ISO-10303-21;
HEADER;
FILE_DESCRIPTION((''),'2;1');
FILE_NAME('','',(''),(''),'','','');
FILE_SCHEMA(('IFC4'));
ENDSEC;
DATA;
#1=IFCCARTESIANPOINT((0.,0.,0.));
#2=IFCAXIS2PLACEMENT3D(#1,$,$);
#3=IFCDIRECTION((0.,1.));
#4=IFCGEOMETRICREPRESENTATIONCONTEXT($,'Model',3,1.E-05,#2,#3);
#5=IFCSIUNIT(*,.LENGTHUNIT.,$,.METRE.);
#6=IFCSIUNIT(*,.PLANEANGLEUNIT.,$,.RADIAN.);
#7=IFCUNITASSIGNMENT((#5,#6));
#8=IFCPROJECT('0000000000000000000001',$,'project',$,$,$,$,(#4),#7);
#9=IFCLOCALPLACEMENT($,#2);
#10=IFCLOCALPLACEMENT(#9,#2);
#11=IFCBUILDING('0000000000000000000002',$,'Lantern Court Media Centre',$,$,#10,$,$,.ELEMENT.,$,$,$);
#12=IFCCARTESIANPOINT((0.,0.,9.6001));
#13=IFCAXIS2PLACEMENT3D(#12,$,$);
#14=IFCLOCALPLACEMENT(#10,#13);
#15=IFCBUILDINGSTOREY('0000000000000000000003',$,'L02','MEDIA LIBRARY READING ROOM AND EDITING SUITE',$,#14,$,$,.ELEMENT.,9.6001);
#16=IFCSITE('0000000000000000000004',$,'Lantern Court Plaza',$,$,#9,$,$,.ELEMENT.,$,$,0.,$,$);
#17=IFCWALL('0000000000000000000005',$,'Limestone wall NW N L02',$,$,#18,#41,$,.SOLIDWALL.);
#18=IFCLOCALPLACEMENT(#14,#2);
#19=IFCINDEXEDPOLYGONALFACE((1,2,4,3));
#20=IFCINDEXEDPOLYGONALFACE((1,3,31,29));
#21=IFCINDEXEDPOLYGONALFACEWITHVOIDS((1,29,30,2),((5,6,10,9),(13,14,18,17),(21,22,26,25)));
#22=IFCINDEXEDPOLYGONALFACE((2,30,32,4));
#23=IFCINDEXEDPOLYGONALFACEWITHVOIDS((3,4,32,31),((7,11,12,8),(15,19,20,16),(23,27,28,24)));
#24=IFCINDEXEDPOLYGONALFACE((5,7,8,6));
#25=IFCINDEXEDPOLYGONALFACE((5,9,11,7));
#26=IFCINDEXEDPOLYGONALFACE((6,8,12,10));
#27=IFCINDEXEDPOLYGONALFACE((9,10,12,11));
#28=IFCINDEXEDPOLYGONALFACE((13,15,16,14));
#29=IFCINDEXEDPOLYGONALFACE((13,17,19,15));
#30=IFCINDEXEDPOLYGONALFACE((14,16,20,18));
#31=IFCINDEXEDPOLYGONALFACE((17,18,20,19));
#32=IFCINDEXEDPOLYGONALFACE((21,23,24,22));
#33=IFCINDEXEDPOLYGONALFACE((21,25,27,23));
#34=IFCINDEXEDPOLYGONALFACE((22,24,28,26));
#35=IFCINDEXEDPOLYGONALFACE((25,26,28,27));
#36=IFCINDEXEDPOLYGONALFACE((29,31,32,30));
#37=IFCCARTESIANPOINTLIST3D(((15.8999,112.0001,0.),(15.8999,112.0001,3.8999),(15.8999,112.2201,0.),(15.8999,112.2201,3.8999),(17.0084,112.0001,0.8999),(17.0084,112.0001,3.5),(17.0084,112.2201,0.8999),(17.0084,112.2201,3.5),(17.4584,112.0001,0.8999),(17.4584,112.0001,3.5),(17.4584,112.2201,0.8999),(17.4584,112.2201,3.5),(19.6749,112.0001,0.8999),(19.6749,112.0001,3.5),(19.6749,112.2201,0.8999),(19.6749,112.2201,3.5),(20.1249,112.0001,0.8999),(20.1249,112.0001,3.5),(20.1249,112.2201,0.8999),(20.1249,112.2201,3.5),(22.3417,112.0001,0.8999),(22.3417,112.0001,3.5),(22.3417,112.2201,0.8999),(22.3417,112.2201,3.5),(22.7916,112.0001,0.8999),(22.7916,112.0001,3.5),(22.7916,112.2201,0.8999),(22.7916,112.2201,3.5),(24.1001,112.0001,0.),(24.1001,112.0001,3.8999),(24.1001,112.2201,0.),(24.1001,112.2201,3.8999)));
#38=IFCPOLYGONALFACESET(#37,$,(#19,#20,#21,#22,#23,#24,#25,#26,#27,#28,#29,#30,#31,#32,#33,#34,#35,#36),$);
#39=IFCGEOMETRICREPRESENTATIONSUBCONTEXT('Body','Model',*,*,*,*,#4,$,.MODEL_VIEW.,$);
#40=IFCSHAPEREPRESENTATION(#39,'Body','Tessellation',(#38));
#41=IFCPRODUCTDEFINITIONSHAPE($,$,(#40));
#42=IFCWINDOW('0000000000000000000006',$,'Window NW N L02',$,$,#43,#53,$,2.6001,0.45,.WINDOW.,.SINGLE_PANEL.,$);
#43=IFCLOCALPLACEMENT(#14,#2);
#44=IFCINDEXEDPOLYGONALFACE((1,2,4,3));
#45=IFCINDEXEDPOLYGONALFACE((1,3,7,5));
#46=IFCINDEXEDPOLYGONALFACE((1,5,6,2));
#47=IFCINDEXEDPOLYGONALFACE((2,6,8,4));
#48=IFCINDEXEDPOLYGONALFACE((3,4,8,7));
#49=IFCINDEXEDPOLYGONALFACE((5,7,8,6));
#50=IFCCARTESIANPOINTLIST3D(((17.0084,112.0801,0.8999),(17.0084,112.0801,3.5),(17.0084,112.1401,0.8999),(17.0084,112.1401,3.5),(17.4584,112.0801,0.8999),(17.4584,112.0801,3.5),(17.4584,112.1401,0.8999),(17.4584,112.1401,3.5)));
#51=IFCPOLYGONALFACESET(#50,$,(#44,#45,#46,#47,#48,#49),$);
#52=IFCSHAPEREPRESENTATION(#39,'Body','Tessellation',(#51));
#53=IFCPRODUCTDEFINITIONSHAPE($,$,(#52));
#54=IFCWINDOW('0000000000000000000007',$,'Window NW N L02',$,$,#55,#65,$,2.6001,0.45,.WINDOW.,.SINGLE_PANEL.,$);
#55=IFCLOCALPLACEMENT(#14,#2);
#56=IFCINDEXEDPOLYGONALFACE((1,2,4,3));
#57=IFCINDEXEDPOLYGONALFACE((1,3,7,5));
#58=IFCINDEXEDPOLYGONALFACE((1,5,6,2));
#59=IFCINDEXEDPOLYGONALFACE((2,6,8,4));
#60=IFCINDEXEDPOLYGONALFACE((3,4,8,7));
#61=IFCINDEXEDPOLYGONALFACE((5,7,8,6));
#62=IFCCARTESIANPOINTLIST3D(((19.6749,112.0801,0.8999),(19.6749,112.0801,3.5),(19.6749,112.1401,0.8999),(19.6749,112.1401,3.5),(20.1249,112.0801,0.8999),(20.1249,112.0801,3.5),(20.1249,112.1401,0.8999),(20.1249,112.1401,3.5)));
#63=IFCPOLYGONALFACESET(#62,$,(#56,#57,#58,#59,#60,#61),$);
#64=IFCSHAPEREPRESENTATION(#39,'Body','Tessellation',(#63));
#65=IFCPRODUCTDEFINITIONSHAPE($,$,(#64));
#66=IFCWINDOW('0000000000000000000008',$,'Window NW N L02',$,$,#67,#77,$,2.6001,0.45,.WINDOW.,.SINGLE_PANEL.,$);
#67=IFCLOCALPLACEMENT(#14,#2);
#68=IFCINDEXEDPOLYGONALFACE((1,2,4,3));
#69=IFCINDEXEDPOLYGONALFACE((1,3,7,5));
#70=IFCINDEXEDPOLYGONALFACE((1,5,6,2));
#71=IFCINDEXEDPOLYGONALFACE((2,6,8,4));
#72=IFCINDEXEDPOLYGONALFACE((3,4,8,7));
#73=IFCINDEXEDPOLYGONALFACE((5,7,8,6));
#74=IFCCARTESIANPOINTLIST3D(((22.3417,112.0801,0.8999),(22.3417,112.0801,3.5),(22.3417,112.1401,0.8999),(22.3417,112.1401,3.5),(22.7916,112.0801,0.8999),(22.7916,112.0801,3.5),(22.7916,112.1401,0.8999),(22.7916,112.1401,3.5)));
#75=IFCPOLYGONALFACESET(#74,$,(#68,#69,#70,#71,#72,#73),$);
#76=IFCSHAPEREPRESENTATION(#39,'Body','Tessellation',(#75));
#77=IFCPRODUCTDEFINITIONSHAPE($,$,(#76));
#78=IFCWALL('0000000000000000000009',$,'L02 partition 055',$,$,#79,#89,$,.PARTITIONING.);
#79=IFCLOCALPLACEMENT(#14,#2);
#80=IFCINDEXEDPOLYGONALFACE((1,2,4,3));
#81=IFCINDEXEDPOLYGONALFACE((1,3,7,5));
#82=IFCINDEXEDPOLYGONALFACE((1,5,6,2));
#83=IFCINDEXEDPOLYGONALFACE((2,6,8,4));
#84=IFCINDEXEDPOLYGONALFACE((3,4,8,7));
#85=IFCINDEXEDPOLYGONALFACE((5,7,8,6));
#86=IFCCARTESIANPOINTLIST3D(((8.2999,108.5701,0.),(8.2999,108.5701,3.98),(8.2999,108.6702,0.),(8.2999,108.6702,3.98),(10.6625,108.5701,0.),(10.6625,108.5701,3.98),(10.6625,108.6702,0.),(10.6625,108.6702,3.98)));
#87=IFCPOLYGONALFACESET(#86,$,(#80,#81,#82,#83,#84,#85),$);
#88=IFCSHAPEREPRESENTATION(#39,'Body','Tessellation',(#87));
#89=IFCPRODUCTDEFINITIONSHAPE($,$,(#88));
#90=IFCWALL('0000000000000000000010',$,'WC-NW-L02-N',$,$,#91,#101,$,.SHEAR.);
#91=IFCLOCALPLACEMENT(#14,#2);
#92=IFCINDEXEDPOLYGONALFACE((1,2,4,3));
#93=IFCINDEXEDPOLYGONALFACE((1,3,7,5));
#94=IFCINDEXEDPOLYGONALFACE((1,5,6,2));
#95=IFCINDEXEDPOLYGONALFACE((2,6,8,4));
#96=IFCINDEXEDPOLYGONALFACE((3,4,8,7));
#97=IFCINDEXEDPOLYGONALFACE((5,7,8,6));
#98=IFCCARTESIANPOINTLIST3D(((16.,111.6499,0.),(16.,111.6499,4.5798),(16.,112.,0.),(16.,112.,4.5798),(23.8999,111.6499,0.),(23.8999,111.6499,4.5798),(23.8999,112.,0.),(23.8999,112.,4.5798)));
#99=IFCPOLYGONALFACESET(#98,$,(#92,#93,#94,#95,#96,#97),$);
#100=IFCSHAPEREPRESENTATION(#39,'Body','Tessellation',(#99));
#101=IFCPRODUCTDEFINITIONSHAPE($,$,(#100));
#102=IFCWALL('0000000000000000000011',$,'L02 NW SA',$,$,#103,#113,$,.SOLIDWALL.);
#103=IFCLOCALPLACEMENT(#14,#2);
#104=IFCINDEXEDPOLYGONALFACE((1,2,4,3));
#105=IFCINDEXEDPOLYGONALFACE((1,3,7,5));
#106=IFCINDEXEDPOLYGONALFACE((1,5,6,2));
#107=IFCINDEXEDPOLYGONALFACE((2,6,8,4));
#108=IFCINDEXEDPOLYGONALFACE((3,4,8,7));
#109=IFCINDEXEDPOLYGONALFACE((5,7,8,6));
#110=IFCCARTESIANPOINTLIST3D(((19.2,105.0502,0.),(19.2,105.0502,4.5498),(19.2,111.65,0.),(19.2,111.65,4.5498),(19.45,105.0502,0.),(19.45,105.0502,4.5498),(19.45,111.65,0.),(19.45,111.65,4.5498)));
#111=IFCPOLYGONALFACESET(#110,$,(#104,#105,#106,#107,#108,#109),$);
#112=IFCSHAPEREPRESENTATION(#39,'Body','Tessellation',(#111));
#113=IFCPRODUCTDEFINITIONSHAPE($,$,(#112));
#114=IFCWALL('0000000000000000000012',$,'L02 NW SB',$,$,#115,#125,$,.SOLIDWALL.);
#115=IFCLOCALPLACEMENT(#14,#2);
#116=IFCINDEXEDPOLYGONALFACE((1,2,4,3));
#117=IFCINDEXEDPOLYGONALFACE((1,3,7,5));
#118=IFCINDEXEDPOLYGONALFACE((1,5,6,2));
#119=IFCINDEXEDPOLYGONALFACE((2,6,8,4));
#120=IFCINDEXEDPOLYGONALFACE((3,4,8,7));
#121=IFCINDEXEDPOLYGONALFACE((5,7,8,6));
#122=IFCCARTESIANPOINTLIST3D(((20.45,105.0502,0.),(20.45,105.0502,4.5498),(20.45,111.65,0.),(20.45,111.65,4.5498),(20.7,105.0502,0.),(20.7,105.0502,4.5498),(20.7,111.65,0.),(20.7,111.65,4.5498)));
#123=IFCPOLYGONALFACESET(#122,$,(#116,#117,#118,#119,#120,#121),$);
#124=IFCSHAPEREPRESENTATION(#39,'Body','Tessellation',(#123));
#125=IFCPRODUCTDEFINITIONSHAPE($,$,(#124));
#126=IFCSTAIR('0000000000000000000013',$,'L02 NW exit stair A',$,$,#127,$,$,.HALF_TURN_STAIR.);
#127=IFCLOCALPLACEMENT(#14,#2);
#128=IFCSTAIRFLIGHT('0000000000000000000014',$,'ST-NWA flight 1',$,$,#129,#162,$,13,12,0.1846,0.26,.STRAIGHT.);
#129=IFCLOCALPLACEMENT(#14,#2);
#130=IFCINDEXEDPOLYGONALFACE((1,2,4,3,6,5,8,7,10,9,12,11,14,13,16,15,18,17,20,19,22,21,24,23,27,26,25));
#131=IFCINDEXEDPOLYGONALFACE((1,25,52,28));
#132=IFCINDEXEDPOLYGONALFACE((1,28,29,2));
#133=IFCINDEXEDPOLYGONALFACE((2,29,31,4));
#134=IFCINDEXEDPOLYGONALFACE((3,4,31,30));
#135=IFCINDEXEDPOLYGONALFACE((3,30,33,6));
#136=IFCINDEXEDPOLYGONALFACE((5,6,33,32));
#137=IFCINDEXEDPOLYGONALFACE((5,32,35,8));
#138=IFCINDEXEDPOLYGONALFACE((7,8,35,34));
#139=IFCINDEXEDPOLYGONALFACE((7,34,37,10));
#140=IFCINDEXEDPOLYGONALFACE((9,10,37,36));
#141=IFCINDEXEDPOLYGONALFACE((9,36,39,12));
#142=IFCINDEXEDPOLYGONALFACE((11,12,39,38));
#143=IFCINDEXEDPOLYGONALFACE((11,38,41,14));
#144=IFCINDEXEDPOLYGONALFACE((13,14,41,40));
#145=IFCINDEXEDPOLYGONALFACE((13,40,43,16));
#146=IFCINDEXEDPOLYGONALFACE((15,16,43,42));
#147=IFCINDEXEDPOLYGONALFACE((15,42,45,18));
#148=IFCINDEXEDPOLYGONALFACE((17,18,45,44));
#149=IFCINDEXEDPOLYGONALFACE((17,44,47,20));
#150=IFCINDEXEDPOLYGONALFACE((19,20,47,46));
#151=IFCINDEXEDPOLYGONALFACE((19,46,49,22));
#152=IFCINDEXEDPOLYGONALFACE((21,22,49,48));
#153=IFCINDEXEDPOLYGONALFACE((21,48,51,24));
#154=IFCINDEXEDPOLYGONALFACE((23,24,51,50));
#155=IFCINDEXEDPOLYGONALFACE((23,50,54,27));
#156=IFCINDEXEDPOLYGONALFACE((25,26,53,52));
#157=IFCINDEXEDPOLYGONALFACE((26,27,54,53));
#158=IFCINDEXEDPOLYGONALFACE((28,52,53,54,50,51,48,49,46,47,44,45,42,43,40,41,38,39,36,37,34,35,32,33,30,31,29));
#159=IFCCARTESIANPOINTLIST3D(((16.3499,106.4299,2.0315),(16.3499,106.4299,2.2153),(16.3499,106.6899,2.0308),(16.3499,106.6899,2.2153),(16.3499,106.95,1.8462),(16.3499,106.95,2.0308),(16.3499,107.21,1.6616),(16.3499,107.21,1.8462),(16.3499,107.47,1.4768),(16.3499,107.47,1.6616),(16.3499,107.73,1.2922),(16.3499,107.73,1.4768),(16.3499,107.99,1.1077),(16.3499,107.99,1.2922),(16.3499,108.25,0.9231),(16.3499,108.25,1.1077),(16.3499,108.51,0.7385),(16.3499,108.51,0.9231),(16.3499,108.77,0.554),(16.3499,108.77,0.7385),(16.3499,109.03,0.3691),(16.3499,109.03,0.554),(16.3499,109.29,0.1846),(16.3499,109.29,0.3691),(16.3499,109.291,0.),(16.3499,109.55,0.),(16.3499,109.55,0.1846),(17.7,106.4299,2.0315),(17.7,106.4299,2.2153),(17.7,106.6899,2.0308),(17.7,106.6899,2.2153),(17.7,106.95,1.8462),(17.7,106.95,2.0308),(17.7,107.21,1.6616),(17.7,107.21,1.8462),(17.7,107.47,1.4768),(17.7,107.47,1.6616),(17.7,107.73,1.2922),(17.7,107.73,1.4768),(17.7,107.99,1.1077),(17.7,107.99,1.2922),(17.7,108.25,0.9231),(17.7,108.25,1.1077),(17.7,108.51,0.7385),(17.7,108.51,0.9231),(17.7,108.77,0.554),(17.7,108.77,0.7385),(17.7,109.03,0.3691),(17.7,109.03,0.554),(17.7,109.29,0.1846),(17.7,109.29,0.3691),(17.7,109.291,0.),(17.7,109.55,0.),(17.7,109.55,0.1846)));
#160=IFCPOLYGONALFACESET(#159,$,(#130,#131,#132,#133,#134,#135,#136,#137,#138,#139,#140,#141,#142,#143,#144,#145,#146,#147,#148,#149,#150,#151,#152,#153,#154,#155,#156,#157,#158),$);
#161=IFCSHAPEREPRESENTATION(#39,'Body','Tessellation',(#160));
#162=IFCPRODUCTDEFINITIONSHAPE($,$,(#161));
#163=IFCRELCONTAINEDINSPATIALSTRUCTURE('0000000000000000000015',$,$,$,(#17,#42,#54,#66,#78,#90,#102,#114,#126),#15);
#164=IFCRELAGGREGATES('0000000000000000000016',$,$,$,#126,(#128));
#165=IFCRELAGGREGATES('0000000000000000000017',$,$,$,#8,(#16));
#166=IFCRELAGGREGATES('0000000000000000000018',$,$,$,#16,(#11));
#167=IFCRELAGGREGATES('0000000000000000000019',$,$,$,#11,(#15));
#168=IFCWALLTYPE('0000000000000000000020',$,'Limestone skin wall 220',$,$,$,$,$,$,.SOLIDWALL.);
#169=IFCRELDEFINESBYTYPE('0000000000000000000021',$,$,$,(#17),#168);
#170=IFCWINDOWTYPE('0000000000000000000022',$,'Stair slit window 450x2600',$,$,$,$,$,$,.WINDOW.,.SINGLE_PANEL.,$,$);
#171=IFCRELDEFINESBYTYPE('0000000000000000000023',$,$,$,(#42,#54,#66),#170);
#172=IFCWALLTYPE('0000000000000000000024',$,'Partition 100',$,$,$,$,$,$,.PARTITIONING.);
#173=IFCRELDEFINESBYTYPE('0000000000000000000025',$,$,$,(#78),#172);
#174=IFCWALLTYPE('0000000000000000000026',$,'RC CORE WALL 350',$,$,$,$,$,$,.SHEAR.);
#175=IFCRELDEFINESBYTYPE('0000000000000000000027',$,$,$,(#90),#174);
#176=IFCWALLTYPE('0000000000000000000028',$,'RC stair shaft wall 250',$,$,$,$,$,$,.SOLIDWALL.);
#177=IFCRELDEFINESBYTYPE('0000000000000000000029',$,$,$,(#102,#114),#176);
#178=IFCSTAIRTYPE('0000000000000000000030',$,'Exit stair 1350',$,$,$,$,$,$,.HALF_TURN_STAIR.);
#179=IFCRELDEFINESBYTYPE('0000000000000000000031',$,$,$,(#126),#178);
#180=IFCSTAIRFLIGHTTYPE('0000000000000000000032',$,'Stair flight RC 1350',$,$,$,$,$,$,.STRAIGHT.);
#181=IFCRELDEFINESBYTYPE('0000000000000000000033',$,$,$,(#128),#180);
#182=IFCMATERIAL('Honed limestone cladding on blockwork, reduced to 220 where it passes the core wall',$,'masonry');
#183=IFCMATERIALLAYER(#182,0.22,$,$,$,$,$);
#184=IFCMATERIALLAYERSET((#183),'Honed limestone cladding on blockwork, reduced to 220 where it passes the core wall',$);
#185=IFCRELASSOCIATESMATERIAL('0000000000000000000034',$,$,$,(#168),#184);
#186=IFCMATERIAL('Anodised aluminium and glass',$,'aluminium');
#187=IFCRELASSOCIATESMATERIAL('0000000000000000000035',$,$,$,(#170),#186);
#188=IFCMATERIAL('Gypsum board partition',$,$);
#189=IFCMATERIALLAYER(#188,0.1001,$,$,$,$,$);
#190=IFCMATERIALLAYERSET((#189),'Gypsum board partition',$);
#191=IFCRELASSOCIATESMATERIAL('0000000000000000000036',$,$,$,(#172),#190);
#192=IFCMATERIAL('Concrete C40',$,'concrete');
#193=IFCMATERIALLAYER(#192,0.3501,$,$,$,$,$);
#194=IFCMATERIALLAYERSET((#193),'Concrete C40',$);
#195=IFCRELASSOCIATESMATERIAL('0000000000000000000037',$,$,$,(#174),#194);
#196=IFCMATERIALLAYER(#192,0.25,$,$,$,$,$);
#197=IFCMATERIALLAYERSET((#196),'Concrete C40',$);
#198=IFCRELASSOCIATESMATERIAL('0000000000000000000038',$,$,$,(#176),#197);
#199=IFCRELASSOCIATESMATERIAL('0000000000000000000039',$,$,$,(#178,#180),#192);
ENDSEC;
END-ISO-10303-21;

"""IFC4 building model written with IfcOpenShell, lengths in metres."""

from ifc_helpers import new_model, si_unit, direction, frame, frame_2d, origin, place, context, subcontext, project, spatial, polyline, rectangle, outline, extrude, material, layer, layer_set, type_object, element, fill, aggregate, save


model = new_model("IFC4")

# Units and contexts
model_context = context("Model", 3, precision=1e-05, world=origin(), true_north=direction((0.0, 1.0)))
body_context = subcontext(model_context, "Body", "Model", "MODEL_VIEW")
ifc_project = project(units=[si_unit("LENGTHUNIT", "METRE"), si_unit("PLANEANGLEUNIT", "RADIAN")], contexts=[model_context])

# Site, building, storey
site_placement = place(None, origin())
site = spatial("IfcSite", under=ifc_project, at=site_placement, Name="Lantern Court Plaza", CompositionType="ELEMENT", RefElevation=0.0)
building_placement = place(site_placement, origin())
building = spatial("IfcBuilding", under=site, at=building_placement, Name="Lantern Court Media Centre", CompositionType="ELEMENT")
storey_placement = place(building_placement, frame((0.0, 0.0, 9.6001)))
storey = spatial("IfcBuildingStorey", under=building, at=storey_placement, Name="L02", Description="MEDIA LIBRARY READING ROOM AND EDITING SUITE", CompositionType="ELEMENT", Elevation=9.6001)

# Wall, openings, windows
ifc_material_1 = material(Name="Anodised aluminium and glass", Category="aluminium")
ifc_material_2 = material(Name="Honed limestone cladding on blockwork, reduced to 220 where it passes the core wall", Category="masonry")
ifc_layer_1 = layer(ifc_material_2, 0.22)
ifc_layer_set_1 = layer_set([ifc_layer_1], Name="Honed limestone cladding on blockwork, reduced to 220 where it passes the core wall")
wall_type_1 = type_object("IfcWallType", Name="Limestone skin wall 220", PredefinedType="SOLIDWALL", material=ifc_layer_set_1)
wall_1_placement = place(storey_placement, frame((15.8999, 112.1101, 0.0), z_axis=(0.0, 0.0, 1.0), x_axis=(1.0, 0.0, 0.0)))
wall_1 = element("IfcWall", 1, at=wall_1_placement, inside=storey, type_object=wall_type_1, Name="Limestone wall NW N L02", PredefinedType="SOLIDWALL", context=body_context, shape_type="SweptSolid", body=[
    extrude(rectangle(XDim=8.2002, YDim=0.22, at=frame_2d((4.1001, 0.0))), origin(), (0.0, 0.0, 1.0), 3.8999),
])
opening_1_placement = place(wall_1_placement, frame((1.1084, 0.0, 0.8999)))
opening_1 = element("IfcOpeningElement", 2, at=opening_1_placement, cuts=wall_1, PredefinedType="OPENING", context=body_context, shape_type="SweptSolid", body=[
    extrude(rectangle(XDim=0.45, YDim=2.6001, at=frame_2d((0.2251, 1.3))), frame((0.0, 0.1199, 0.0), z_axis=(0.0, -1.0, 0.0), x_axis=(1.0, 0.0, 0.0)), (0.0, 0.0, 1.0), 0.24),
])
opening_2_placement = place(wall_1_placement, frame((3.7749, 0.0, 0.8999)))
opening_2 = element("IfcOpeningElement", 3, at=opening_2_placement, cuts=wall_1, PredefinedType="OPENING", context=body_context, shape_type="SweptSolid", body=[
    extrude(rectangle(XDim=0.45, YDim=2.6001, at=frame_2d((0.2251, 1.3))), frame((0.0, 0.1199, 0.0), z_axis=(0.0, -1.0, 0.0), x_axis=(1.0, 0.0, 0.0)), (0.0, 0.0, 1.0), 0.24),
])
opening_3_placement = place(wall_1_placement, frame((6.4417, 0.0, 0.8999)))
opening_3 = element("IfcOpeningElement", 4, at=opening_3_placement, cuts=wall_1, PredefinedType="OPENING", context=body_context, shape_type="SweptSolid", body=[
    extrude(rectangle(XDim=0.45, YDim=2.6001, at=frame_2d((0.2251, 1.3))), frame((0.0, 0.1199, 0.0), z_axis=(0.0, -1.0, 0.0), x_axis=(1.0, 0.0, 0.0)), (0.0, 0.0, 1.0), 0.24),
])
window_type_1 = type_object("IfcWindowType", Name="Stair slit window 450x2600", PartitioningType="SINGLE_PANEL", PredefinedType="WINDOW", material=ifc_material_1)
window_1_placement = place(opening_1_placement, origin())
window_1 = element("IfcWindow", 5, at=window_1_placement, inside=storey, type_object=window_type_1, Name="Window NW N L02", OverallHeight=2.6001, OverallWidth=0.45, PartitioningType="SINGLE_PANEL", PredefinedType="WINDOW", context=body_context, shape_type="SweptSolid", body=[
    extrude(rectangle(XDim=0.45, YDim=2.6001, at=frame_2d((0.2251, 1.3))), frame((0.0, 0.03, 0.0), z_axis=(0.0, -1.0, 0.0), x_axis=(1.0, 0.0, 0.0)), (0.0, 0.0, 1.0), 0.0601),
])
fill(opening_1, window_1)
window_2_placement = place(opening_2_placement, origin())
window_2 = element("IfcWindow", 6, at=window_2_placement, inside=storey, type_object=window_type_1, Name="Window NW N L02", OverallHeight=2.6001, OverallWidth=0.45, PartitioningType="SINGLE_PANEL", PredefinedType="WINDOW", context=body_context, shape_type="SweptSolid", body=[
    extrude(rectangle(XDim=0.45, YDim=2.6001, at=frame_2d((0.2251, 1.3))), frame((0.0, 0.03, 0.0), z_axis=(0.0, -1.0, 0.0), x_axis=(1.0, 0.0, 0.0)), (0.0, 0.0, 1.0), 0.0601),
])
fill(opening_2, window_2)
window_3_placement = place(opening_3_placement, origin())
window_3 = element("IfcWindow", 7, at=window_3_placement, inside=storey, type_object=window_type_1, Name="Window NW N L02", OverallHeight=2.6001, OverallWidth=0.45, PartitioningType="SINGLE_PANEL", PredefinedType="WINDOW", context=body_context, shape_type="SweptSolid", body=[
    extrude(rectangle(XDim=0.45, YDim=2.6001, at=frame_2d((0.2251, 1.3))), frame((0.0, 0.03, 0.0), z_axis=(0.0, -1.0, 0.0), x_axis=(1.0, 0.0, 0.0)), (0.0, 0.0, 1.0), 0.0601),
])
fill(opening_3, window_3)

# Walls
ifc_material_3 = material(Name="Gypsum board partition")
ifc_layer_2 = layer(ifc_material_3, 0.1001)
ifc_layer_set_2 = layer_set([ifc_layer_2], Name="Gypsum board partition")
wall_type_2 = type_object("IfcWallType", Name="Partition 100", PredefinedType="PARTITIONING", material=ifc_layer_set_2)
wall_2_placement = place(storey_placement, frame((8.3, 108.6201, 0.0), z_axis=(0.0, 0.0, 1.0), x_axis=(1.0, 0.0, 0.0)))
element("IfcWall", 8, at=wall_2_placement, inside=storey, type_object=wall_type_2, Name="L02 partition 055", PredefinedType="PARTITIONING", context=body_context, shape_type="SweptSolid", body=[
    extrude(rectangle(XDim=2.3625, YDim=0.1001, at=frame_2d((1.1812, 0.0))), origin(), (0.0, 0.0, 1.0), 3.98),
])
ifc_material_4 = material(Name="Concrete C40", Category="concrete")
ifc_layer_3 = layer(ifc_material_4, 0.3501)
ifc_layer_set_3 = layer_set([ifc_layer_3], Name="Concrete C40")
wall_type_3 = type_object("IfcWallType", Name="RC CORE WALL 350", PredefinedType="SHEAR", material=ifc_layer_set_3)
wall_3_placement = place(storey_placement, frame((16.0, 111.825, 0.0), z_axis=(0.0, 0.0, 1.0), x_axis=(1.0, 0.0, 0.0)))
element("IfcWall", 9, at=wall_3_placement, inside=storey, type_object=wall_type_3, Name="WC-NW-L02-N", PredefinedType="SHEAR", context=body_context, shape_type="SweptSolid", body=[
    extrude(rectangle(XDim=7.8999, YDim=0.3501, at=frame_2d((3.95, 0.0))), origin(), (0.0, 0.0, 1.0), 4.5798),
])
ifc_layer_4 = layer(ifc_material_4, 0.25)
ifc_layer_set_4 = layer_set([ifc_layer_4], Name="Concrete C40")
wall_type_4 = type_object("IfcWallType", Name="RC stair shaft wall 250", PredefinedType="SOLIDWALL", material=ifc_layer_set_4)
for number, where, z_axis, x_axis, name in (
    (10, (19.325, 111.6499, 0.0), (0.0, 0.0, 1.0), (0.0, -1.0, 0.0), "L02 NW SA"),
    (11, (20.575, 111.6499, 0.0), (0.0, 0.0, 1.0), (0.0, -1.0, 0.0), "L02 NW SB"),
):
    element("IfcWall", number, at=place(storey_placement, frame(where, z_axis=z_axis, x_axis=x_axis)), inside=storey, type_object=wall_type_4, Name=name, PredefinedType="SOLIDWALL", context=body_context, shape_type="SweptSolid", body=[
        extrude(rectangle(XDim=6.5999, YDim=0.25, at=frame_2d((3.2998, 0.0))), origin(), (0.0, 0.0, 1.0), 4.5498),
    ])

# Stair, stair flight
stair_type = type_object("IfcStairType", Name="Exit stair 1350", PredefinedType="HALF_TURN_STAIR", material=ifc_material_4)
stair_placement = place(storey_placement, origin())
stair = element("IfcStair", 12, at=stair_placement, inside=storey, type_object=stair_type, Name="L02 NW exit stair A", PredefinedType="HALF_TURN_STAIR")
stair_flight_type = type_object("IfcStairFlightType", Name="Stair flight RC 1350", PredefinedType="STRAIGHT", material=ifc_material_4)
stair_flight_1_placement = place(storey_placement, frame((17.0249, 109.55, 0.0), z_axis=(0.0, 0.0, 1.0), x_axis=(0.0, -1.0, 0.0)))
stair_flight_1 = element("IfcStairFlight", 13, at=stair_flight_1_placement, type_object=stair_flight_type, Name="ST-NWA flight 1", NumberOfRisers=13, NumberOfTreads=12, PredefinedType="STRAIGHT", RiserHeight=0.1846, TreadLength=0.26, context=body_context, shape_type="SweptSolid", body=[
    extrude(outline(polyline([(0.0, 0.0), (0.0, 0.1846), (0.26, 0.1846), (0.26, 0.3691), (0.52, 0.3691), (0.52, 0.554), (0.78, 0.554), (0.78, 0.7385), (1.04, 0.7385), (1.04, 0.9231), (1.3, 0.9231), (1.3, 1.1077), (1.5601, 1.1077), (1.5601, 1.2922), (1.8201, 1.2922), (1.8201, 1.4768), (2.0801, 1.4768), (2.0801, 1.6616), (2.3401, 1.6616), (2.3401, 1.8462), (2.6001, 1.8462), (2.6001, 2.0308), (2.8601, 2.0308), (2.8601, 2.2153), (3.1201, 2.2153), (3.1201, 2.3999), (3.1201, 2.0315), (0.259, 0.0), (0.0, 0.0)])), frame((0.0, 0.675, 0.0), z_axis=(0.0, -1.0, 0.0), x_axis=(1.0, 0.0, 0.0)), (0.0, 0.0, 1.0), 1.3501),
])
aggregate(stair, [stair_flight_1])

save(model, "model.ifc")
